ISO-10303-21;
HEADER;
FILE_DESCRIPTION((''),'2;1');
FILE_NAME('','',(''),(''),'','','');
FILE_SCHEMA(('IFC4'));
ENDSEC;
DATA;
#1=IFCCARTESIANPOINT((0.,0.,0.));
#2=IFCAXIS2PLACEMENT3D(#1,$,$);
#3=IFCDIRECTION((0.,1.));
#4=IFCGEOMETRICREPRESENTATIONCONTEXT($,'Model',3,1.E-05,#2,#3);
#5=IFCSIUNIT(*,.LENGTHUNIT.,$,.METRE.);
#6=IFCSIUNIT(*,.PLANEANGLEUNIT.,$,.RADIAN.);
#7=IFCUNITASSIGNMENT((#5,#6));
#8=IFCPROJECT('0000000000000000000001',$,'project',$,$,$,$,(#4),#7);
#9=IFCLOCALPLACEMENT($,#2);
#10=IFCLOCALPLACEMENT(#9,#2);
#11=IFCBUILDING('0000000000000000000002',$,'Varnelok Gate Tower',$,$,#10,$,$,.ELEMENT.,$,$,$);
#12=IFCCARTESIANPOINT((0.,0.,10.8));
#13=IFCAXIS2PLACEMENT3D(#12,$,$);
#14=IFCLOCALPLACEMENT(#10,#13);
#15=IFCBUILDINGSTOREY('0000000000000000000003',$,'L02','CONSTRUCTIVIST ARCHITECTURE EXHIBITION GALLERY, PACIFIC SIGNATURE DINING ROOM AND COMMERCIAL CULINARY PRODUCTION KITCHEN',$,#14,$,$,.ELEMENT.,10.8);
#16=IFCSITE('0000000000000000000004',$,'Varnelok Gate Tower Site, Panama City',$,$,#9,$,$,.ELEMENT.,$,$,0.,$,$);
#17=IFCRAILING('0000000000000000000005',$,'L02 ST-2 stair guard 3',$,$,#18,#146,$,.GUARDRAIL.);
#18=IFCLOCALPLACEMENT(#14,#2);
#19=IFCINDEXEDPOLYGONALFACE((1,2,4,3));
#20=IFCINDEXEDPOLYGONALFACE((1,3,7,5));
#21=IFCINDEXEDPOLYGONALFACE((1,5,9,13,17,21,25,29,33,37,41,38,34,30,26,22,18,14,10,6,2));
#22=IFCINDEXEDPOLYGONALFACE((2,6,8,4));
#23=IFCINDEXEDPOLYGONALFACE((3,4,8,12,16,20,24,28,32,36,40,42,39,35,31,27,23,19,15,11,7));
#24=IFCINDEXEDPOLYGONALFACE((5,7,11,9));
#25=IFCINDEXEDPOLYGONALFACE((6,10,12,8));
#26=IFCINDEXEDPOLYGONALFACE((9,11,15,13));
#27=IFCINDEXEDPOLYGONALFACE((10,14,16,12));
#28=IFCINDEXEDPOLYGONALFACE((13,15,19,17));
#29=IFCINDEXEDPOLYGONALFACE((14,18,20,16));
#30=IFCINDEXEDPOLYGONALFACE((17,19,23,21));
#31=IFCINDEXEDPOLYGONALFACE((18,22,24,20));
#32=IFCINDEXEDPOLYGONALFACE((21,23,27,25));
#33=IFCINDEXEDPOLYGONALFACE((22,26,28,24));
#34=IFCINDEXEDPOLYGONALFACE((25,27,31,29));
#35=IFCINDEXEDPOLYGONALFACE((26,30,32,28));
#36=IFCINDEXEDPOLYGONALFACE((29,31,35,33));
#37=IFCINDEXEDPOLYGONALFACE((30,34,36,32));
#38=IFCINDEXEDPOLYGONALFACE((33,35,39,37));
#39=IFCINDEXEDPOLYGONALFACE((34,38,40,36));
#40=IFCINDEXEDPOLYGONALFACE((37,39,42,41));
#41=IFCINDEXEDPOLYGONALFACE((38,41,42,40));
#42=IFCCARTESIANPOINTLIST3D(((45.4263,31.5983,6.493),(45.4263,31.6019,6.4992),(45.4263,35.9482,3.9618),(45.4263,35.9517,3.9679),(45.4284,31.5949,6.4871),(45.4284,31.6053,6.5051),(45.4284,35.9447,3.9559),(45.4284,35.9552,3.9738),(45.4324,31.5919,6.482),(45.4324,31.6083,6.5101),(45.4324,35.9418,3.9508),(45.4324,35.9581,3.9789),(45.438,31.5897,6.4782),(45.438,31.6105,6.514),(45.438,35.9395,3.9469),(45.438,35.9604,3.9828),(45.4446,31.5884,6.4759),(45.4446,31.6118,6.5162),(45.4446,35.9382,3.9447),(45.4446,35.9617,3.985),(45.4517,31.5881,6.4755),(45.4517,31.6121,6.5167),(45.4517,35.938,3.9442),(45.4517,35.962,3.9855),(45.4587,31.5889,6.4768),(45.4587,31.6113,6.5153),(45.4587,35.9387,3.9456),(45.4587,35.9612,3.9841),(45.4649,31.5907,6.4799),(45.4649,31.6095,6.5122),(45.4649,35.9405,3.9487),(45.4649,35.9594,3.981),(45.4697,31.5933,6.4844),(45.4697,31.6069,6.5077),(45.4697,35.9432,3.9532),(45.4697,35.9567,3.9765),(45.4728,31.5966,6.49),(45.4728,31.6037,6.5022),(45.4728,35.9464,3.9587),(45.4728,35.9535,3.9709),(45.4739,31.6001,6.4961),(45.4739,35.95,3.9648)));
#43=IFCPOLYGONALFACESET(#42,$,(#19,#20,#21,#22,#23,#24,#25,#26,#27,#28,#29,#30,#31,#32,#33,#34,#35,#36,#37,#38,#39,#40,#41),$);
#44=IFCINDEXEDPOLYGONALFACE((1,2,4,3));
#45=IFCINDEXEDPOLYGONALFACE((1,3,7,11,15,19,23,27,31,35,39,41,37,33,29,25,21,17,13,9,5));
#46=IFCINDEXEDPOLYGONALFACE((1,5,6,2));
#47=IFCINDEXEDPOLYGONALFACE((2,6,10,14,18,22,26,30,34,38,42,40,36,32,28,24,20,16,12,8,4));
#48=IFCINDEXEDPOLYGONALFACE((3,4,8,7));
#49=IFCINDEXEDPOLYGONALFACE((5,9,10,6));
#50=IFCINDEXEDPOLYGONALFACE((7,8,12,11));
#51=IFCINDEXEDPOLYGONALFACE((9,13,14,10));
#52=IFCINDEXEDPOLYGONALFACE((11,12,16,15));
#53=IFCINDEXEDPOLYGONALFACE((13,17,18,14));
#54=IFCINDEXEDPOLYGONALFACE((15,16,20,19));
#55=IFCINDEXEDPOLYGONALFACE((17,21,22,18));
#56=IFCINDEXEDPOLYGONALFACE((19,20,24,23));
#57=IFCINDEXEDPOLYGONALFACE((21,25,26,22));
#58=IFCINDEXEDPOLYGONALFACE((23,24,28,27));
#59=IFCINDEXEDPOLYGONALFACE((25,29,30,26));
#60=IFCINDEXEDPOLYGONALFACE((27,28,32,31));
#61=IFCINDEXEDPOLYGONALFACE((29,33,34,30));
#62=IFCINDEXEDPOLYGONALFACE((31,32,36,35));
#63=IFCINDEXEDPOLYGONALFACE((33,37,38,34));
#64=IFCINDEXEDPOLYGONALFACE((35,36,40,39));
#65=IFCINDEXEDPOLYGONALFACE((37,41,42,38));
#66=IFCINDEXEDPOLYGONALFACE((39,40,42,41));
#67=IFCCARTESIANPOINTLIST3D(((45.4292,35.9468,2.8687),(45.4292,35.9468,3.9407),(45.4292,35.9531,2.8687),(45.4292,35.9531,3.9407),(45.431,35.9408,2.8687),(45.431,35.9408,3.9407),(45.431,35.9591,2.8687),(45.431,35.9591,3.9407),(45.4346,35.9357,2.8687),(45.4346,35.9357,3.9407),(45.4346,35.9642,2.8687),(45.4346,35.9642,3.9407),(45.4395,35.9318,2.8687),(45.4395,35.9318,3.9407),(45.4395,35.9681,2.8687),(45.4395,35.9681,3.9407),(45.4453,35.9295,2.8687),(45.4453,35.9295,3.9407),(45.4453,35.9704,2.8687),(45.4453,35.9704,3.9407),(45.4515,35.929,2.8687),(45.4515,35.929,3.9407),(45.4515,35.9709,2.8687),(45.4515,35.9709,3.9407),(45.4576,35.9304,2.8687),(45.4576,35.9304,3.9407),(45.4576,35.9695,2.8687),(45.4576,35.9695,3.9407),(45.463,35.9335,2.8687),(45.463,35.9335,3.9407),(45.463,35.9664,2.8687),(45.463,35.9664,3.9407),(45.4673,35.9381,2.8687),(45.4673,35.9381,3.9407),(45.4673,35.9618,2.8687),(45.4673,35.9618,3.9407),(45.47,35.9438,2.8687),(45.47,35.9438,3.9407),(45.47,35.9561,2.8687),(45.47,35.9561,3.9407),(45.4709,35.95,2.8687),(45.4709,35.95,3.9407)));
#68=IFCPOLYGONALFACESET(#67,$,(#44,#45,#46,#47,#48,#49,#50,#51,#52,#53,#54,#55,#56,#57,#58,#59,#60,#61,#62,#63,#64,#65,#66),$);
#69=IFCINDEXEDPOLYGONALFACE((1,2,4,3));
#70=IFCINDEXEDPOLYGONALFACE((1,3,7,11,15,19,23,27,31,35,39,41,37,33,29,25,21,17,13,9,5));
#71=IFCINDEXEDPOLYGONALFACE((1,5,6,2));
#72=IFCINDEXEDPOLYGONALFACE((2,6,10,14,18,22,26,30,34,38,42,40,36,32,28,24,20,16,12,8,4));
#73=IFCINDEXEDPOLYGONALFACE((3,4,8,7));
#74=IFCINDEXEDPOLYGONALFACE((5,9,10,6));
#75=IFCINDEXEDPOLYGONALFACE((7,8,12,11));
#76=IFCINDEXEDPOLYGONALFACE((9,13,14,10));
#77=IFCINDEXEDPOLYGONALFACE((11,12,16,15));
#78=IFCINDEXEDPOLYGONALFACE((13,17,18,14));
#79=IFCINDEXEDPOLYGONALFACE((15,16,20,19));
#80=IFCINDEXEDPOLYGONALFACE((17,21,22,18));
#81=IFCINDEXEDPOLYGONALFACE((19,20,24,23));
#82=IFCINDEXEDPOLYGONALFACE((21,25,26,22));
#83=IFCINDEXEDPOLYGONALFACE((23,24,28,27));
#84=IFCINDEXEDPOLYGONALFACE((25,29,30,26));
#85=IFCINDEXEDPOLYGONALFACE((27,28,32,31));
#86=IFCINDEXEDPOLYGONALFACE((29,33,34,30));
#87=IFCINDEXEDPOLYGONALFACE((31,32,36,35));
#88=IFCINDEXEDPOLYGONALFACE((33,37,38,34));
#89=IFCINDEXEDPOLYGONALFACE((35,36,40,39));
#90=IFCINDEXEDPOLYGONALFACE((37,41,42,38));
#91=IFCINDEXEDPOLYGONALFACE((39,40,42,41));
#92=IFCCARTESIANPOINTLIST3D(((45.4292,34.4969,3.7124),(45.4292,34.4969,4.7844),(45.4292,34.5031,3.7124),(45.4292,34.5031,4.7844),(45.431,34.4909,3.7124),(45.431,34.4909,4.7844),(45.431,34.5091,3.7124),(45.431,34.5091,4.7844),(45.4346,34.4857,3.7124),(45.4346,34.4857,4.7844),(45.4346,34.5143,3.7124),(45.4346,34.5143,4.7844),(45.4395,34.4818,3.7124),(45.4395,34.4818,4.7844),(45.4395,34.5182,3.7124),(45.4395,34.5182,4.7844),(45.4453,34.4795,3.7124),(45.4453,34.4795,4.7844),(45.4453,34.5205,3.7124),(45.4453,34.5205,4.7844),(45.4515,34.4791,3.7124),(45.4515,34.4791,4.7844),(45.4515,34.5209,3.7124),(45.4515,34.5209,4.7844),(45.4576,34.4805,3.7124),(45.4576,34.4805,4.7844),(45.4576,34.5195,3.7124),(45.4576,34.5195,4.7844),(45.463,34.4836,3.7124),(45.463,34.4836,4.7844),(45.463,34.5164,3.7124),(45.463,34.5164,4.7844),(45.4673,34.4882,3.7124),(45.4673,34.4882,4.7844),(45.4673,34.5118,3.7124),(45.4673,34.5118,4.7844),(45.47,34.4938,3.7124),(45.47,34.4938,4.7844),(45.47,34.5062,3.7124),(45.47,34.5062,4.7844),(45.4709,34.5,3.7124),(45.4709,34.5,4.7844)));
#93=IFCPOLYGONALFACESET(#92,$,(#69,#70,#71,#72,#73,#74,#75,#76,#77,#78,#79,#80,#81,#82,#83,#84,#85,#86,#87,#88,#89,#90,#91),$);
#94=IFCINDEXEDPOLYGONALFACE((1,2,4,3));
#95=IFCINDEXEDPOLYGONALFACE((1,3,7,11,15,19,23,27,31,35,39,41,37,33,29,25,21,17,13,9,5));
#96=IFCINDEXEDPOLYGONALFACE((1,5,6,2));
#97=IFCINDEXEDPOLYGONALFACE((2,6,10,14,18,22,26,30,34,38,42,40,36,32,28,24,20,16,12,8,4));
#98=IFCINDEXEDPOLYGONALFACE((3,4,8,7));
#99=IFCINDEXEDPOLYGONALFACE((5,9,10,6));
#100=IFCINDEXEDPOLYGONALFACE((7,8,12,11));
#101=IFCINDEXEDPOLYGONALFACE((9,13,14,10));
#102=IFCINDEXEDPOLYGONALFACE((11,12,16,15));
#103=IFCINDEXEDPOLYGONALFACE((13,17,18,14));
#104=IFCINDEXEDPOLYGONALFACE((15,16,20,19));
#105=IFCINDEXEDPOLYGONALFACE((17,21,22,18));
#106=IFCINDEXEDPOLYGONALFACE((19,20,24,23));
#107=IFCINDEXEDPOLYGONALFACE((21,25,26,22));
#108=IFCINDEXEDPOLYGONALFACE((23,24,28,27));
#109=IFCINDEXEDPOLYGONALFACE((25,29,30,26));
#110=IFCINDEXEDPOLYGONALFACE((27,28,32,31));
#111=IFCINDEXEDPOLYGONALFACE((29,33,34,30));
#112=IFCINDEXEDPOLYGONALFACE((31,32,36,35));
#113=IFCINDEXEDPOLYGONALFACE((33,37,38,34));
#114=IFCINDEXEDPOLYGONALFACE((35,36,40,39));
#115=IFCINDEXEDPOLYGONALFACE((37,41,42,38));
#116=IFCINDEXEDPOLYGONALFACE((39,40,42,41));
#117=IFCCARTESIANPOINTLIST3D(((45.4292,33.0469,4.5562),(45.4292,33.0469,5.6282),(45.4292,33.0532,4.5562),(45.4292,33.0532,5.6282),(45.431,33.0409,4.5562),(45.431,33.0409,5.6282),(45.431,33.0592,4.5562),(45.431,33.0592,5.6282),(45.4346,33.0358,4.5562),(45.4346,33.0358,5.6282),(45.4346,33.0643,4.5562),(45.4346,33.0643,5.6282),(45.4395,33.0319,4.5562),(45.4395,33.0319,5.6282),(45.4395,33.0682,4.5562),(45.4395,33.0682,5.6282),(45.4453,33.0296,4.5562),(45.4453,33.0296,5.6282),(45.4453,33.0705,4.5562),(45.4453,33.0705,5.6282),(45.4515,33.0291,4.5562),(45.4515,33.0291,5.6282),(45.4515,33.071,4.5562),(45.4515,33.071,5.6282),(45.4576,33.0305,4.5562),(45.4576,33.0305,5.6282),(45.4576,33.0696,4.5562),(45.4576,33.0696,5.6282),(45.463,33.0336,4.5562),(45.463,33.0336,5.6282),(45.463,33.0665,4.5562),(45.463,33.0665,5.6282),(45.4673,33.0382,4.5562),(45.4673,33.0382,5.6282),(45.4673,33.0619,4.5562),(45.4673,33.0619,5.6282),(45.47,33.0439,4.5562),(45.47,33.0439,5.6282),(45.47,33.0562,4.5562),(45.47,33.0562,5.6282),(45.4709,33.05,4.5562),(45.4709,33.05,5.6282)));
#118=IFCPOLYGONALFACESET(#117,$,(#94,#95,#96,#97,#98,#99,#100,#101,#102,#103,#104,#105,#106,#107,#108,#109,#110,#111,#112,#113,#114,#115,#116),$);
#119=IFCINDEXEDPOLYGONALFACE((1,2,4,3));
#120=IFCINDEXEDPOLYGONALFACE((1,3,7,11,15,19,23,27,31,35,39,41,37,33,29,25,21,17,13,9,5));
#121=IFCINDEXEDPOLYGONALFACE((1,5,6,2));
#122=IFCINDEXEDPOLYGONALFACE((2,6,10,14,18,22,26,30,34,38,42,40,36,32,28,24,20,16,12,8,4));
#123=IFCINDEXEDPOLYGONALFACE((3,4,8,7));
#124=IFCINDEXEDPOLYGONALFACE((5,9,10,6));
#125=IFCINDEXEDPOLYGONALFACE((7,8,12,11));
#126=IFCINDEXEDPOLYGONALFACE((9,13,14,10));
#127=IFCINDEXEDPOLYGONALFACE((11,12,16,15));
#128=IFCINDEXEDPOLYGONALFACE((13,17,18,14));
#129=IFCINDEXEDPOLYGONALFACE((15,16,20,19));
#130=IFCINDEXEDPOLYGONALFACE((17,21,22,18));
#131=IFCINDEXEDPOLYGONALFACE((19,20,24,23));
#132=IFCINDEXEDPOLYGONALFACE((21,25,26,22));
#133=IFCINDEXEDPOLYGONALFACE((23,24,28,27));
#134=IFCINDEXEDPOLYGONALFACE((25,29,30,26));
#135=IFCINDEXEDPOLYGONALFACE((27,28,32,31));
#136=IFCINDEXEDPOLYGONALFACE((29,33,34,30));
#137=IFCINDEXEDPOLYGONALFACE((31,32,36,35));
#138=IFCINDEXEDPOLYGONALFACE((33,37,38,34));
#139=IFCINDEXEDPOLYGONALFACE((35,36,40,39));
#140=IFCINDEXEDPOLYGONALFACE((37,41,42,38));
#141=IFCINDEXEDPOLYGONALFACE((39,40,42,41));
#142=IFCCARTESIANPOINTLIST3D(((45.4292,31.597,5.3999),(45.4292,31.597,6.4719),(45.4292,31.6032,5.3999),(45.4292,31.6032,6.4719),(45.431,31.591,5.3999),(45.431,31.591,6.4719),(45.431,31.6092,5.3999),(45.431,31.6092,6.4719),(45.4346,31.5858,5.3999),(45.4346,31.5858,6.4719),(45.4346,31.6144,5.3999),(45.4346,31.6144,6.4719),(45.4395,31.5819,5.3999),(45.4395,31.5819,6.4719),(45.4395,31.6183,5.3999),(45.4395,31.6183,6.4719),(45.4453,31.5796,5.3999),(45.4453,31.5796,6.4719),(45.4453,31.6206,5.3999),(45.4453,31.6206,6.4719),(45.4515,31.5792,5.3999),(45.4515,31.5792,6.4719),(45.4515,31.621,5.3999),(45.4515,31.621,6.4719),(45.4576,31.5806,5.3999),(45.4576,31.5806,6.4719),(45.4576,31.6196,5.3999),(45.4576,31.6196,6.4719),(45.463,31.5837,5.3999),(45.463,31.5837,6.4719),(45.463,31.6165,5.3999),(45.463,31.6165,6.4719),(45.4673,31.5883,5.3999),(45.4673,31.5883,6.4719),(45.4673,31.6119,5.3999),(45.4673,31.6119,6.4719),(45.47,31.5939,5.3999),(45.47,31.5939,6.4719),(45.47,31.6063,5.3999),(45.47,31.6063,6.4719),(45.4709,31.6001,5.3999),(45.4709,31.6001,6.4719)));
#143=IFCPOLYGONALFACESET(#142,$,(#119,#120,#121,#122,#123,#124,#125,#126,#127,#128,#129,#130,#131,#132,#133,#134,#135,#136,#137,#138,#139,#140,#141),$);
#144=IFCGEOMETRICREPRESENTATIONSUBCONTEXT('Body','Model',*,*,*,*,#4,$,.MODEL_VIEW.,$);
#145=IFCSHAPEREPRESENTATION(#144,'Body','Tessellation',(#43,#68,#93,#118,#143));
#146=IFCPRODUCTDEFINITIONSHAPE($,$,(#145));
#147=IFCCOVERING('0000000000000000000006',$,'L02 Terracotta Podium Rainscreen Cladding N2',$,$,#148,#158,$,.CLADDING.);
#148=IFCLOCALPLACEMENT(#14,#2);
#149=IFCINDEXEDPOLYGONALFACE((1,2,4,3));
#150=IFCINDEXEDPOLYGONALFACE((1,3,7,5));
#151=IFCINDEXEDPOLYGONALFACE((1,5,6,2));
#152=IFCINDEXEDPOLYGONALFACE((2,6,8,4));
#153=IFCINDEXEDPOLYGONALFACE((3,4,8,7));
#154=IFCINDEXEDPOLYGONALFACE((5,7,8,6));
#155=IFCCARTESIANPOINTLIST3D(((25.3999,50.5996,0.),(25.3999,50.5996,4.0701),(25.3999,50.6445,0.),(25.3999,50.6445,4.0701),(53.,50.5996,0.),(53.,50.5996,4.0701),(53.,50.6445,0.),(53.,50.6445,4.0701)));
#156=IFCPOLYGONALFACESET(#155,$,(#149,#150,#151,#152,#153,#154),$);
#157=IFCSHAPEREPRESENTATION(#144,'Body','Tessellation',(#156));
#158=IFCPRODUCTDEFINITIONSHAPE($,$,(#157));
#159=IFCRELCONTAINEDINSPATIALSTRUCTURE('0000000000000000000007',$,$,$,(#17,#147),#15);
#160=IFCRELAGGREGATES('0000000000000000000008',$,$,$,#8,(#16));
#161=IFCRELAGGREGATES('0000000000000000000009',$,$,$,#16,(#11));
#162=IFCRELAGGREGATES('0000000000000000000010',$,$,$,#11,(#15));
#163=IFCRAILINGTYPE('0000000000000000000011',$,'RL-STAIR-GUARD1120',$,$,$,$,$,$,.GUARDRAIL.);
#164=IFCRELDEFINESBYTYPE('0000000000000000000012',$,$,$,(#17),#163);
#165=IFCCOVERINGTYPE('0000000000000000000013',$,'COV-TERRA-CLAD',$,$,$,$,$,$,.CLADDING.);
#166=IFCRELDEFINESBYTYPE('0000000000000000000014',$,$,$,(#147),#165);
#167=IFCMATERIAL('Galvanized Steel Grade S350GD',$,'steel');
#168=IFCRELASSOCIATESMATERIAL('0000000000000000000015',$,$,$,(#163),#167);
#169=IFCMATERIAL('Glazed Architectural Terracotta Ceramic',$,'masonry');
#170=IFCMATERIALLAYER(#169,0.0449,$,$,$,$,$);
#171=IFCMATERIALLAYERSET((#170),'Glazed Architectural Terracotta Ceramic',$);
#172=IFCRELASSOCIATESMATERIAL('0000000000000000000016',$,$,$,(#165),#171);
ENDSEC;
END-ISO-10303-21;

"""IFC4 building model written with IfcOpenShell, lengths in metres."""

from ifc_helpers import new_model, si_unit, direction, frame, origin, origin_2d, place, context, subcontext, project, spatial, rectangle, circle, extrude, source, transform, mapped, material, layer, layer_set, type_object, element, save


model = new_model("IFC4")

# Units and contexts
model_context = context("Model", 3, precision=1e-05, world=origin(), true_north=direction((0.0, 1.0)))
body_context = subcontext(model_context, "Body", "Model", "MODEL_VIEW")
ifc_project = project(units=[si_unit("LENGTHUNIT", "METRE"), si_unit("PLANEANGLEUNIT", "RADIAN")], contexts=[model_context])

# Site, building, storey
site_placement = place(None, origin())
site = spatial("IfcSite", under=ifc_project, at=site_placement, Name="Varnelok Gate Tower Site, Panama City", CompositionType="ELEMENT", RefElevation=0.0)
building_placement = place(site_placement, origin())
building = spatial("IfcBuilding", under=site, at=building_placement, Name="Varnelok Gate Tower", CompositionType="ELEMENT")
storey_placement = place(building_placement, frame((0.0, 0.0, 10.8)))
storey = spatial("IfcBuildingStorey", under=building, at=storey_placement, Name="L02", Description="CONSTRUCTIVIST ARCHITECTURE EXHIBITION GALLERY, PACIFIC SIGNATURE DINING ROOM AND COMMERCIAL CULINARY PRODUCTION KITCHEN", CompositionType="ELEMENT", Elevation=10.8)

# Shared definitions
ifc_material_1 = material(Name="Galvanized Steel Grade S350GD", Category="steel")

# Railing
railing_type_1 = type_object("IfcRailingType", Name="RL-STAIR-GUARD1120", PredefinedType="GUARDRAIL", material=ifc_material_1)
railing_1_placement = place(storey_placement, frame((45.45, 35.95, 2.8687)))
element("IfcRailing", 1, at=railing_1_placement, inside=storey, type_object=railing_type_1, Name="L02 ST-2 stair guard 3", PredefinedType="GUARDRAIL", context=body_context, shape_type="SweptSolid", body=[
    extrude(circle(Radius=0.0239, at=origin_2d()), frame((0.0, 0.0, 1.0962), z_axis=(0.0, -0.864312, 0.502957), x_axis=(1.0, 0.0, 0.0)), (0.0, 0.0, 1.0), 5.0327),
    extrude(circle(Radius=0.021, at=origin_2d()), origin(), (0.0, 0.0, 1.0), 1.072),
    extrude(circle(Radius=0.021, at=origin_2d()), frame((0.0, -1.45, 0.8438)), (0.0, 0.0, 1.0), 1.072),
    extrude(circle(Radius=0.021, at=origin_2d()), frame((0.0, -2.8999, 1.6875)), (0.0, 0.0, 1.0), 1.072),
    extrude(circle(Radius=0.021, at=origin_2d()), frame((0.0, -4.3499, 2.5312)), (0.0, 0.0, 1.0), 1.072),
])

# Covering
ifc_material_2 = material(Name="Glazed Architectural Terracotta Ceramic", Category="masonry")
ifc_layer_1 = layer(ifc_material_2, 0.0449)
ifc_layer_set_1 = layer_set([ifc_layer_1], Name="Glazed Architectural Terracotta Ceramic")
covering_type = type_object("IfcCoveringType", Name="COV-TERRA-CLAD", PredefinedType="CLADDING", material=ifc_layer_set_1)
shared_shape = source(origin(), body_context, "Body", "SweptSolid", [
    extrude(rectangle(XDim=27.6001, YDim=0.0449, at=origin_2d()), origin(), (0.0, 0.0, 1.0), 4.0701),
])
covering_placement = place(storey_placement, frame((39.2, 50.6221, 0.0), z_axis=(0.0, 0.0, 1.0), x_axis=(1.0, 0.0, 0.0)))
element("IfcCovering", 2, at=covering_placement, inside=storey, type_object=covering_type, Name="L02 Terracotta Podium Rainscreen Cladding N2", PredefinedType="CLADDING", context=body_context, shape_type="MappedRepresentation", body=[
    mapped(shared_shape, transform((0.0, 0.0, 0.0), scale=1.0)),
])

save(model, "model.ifc")
